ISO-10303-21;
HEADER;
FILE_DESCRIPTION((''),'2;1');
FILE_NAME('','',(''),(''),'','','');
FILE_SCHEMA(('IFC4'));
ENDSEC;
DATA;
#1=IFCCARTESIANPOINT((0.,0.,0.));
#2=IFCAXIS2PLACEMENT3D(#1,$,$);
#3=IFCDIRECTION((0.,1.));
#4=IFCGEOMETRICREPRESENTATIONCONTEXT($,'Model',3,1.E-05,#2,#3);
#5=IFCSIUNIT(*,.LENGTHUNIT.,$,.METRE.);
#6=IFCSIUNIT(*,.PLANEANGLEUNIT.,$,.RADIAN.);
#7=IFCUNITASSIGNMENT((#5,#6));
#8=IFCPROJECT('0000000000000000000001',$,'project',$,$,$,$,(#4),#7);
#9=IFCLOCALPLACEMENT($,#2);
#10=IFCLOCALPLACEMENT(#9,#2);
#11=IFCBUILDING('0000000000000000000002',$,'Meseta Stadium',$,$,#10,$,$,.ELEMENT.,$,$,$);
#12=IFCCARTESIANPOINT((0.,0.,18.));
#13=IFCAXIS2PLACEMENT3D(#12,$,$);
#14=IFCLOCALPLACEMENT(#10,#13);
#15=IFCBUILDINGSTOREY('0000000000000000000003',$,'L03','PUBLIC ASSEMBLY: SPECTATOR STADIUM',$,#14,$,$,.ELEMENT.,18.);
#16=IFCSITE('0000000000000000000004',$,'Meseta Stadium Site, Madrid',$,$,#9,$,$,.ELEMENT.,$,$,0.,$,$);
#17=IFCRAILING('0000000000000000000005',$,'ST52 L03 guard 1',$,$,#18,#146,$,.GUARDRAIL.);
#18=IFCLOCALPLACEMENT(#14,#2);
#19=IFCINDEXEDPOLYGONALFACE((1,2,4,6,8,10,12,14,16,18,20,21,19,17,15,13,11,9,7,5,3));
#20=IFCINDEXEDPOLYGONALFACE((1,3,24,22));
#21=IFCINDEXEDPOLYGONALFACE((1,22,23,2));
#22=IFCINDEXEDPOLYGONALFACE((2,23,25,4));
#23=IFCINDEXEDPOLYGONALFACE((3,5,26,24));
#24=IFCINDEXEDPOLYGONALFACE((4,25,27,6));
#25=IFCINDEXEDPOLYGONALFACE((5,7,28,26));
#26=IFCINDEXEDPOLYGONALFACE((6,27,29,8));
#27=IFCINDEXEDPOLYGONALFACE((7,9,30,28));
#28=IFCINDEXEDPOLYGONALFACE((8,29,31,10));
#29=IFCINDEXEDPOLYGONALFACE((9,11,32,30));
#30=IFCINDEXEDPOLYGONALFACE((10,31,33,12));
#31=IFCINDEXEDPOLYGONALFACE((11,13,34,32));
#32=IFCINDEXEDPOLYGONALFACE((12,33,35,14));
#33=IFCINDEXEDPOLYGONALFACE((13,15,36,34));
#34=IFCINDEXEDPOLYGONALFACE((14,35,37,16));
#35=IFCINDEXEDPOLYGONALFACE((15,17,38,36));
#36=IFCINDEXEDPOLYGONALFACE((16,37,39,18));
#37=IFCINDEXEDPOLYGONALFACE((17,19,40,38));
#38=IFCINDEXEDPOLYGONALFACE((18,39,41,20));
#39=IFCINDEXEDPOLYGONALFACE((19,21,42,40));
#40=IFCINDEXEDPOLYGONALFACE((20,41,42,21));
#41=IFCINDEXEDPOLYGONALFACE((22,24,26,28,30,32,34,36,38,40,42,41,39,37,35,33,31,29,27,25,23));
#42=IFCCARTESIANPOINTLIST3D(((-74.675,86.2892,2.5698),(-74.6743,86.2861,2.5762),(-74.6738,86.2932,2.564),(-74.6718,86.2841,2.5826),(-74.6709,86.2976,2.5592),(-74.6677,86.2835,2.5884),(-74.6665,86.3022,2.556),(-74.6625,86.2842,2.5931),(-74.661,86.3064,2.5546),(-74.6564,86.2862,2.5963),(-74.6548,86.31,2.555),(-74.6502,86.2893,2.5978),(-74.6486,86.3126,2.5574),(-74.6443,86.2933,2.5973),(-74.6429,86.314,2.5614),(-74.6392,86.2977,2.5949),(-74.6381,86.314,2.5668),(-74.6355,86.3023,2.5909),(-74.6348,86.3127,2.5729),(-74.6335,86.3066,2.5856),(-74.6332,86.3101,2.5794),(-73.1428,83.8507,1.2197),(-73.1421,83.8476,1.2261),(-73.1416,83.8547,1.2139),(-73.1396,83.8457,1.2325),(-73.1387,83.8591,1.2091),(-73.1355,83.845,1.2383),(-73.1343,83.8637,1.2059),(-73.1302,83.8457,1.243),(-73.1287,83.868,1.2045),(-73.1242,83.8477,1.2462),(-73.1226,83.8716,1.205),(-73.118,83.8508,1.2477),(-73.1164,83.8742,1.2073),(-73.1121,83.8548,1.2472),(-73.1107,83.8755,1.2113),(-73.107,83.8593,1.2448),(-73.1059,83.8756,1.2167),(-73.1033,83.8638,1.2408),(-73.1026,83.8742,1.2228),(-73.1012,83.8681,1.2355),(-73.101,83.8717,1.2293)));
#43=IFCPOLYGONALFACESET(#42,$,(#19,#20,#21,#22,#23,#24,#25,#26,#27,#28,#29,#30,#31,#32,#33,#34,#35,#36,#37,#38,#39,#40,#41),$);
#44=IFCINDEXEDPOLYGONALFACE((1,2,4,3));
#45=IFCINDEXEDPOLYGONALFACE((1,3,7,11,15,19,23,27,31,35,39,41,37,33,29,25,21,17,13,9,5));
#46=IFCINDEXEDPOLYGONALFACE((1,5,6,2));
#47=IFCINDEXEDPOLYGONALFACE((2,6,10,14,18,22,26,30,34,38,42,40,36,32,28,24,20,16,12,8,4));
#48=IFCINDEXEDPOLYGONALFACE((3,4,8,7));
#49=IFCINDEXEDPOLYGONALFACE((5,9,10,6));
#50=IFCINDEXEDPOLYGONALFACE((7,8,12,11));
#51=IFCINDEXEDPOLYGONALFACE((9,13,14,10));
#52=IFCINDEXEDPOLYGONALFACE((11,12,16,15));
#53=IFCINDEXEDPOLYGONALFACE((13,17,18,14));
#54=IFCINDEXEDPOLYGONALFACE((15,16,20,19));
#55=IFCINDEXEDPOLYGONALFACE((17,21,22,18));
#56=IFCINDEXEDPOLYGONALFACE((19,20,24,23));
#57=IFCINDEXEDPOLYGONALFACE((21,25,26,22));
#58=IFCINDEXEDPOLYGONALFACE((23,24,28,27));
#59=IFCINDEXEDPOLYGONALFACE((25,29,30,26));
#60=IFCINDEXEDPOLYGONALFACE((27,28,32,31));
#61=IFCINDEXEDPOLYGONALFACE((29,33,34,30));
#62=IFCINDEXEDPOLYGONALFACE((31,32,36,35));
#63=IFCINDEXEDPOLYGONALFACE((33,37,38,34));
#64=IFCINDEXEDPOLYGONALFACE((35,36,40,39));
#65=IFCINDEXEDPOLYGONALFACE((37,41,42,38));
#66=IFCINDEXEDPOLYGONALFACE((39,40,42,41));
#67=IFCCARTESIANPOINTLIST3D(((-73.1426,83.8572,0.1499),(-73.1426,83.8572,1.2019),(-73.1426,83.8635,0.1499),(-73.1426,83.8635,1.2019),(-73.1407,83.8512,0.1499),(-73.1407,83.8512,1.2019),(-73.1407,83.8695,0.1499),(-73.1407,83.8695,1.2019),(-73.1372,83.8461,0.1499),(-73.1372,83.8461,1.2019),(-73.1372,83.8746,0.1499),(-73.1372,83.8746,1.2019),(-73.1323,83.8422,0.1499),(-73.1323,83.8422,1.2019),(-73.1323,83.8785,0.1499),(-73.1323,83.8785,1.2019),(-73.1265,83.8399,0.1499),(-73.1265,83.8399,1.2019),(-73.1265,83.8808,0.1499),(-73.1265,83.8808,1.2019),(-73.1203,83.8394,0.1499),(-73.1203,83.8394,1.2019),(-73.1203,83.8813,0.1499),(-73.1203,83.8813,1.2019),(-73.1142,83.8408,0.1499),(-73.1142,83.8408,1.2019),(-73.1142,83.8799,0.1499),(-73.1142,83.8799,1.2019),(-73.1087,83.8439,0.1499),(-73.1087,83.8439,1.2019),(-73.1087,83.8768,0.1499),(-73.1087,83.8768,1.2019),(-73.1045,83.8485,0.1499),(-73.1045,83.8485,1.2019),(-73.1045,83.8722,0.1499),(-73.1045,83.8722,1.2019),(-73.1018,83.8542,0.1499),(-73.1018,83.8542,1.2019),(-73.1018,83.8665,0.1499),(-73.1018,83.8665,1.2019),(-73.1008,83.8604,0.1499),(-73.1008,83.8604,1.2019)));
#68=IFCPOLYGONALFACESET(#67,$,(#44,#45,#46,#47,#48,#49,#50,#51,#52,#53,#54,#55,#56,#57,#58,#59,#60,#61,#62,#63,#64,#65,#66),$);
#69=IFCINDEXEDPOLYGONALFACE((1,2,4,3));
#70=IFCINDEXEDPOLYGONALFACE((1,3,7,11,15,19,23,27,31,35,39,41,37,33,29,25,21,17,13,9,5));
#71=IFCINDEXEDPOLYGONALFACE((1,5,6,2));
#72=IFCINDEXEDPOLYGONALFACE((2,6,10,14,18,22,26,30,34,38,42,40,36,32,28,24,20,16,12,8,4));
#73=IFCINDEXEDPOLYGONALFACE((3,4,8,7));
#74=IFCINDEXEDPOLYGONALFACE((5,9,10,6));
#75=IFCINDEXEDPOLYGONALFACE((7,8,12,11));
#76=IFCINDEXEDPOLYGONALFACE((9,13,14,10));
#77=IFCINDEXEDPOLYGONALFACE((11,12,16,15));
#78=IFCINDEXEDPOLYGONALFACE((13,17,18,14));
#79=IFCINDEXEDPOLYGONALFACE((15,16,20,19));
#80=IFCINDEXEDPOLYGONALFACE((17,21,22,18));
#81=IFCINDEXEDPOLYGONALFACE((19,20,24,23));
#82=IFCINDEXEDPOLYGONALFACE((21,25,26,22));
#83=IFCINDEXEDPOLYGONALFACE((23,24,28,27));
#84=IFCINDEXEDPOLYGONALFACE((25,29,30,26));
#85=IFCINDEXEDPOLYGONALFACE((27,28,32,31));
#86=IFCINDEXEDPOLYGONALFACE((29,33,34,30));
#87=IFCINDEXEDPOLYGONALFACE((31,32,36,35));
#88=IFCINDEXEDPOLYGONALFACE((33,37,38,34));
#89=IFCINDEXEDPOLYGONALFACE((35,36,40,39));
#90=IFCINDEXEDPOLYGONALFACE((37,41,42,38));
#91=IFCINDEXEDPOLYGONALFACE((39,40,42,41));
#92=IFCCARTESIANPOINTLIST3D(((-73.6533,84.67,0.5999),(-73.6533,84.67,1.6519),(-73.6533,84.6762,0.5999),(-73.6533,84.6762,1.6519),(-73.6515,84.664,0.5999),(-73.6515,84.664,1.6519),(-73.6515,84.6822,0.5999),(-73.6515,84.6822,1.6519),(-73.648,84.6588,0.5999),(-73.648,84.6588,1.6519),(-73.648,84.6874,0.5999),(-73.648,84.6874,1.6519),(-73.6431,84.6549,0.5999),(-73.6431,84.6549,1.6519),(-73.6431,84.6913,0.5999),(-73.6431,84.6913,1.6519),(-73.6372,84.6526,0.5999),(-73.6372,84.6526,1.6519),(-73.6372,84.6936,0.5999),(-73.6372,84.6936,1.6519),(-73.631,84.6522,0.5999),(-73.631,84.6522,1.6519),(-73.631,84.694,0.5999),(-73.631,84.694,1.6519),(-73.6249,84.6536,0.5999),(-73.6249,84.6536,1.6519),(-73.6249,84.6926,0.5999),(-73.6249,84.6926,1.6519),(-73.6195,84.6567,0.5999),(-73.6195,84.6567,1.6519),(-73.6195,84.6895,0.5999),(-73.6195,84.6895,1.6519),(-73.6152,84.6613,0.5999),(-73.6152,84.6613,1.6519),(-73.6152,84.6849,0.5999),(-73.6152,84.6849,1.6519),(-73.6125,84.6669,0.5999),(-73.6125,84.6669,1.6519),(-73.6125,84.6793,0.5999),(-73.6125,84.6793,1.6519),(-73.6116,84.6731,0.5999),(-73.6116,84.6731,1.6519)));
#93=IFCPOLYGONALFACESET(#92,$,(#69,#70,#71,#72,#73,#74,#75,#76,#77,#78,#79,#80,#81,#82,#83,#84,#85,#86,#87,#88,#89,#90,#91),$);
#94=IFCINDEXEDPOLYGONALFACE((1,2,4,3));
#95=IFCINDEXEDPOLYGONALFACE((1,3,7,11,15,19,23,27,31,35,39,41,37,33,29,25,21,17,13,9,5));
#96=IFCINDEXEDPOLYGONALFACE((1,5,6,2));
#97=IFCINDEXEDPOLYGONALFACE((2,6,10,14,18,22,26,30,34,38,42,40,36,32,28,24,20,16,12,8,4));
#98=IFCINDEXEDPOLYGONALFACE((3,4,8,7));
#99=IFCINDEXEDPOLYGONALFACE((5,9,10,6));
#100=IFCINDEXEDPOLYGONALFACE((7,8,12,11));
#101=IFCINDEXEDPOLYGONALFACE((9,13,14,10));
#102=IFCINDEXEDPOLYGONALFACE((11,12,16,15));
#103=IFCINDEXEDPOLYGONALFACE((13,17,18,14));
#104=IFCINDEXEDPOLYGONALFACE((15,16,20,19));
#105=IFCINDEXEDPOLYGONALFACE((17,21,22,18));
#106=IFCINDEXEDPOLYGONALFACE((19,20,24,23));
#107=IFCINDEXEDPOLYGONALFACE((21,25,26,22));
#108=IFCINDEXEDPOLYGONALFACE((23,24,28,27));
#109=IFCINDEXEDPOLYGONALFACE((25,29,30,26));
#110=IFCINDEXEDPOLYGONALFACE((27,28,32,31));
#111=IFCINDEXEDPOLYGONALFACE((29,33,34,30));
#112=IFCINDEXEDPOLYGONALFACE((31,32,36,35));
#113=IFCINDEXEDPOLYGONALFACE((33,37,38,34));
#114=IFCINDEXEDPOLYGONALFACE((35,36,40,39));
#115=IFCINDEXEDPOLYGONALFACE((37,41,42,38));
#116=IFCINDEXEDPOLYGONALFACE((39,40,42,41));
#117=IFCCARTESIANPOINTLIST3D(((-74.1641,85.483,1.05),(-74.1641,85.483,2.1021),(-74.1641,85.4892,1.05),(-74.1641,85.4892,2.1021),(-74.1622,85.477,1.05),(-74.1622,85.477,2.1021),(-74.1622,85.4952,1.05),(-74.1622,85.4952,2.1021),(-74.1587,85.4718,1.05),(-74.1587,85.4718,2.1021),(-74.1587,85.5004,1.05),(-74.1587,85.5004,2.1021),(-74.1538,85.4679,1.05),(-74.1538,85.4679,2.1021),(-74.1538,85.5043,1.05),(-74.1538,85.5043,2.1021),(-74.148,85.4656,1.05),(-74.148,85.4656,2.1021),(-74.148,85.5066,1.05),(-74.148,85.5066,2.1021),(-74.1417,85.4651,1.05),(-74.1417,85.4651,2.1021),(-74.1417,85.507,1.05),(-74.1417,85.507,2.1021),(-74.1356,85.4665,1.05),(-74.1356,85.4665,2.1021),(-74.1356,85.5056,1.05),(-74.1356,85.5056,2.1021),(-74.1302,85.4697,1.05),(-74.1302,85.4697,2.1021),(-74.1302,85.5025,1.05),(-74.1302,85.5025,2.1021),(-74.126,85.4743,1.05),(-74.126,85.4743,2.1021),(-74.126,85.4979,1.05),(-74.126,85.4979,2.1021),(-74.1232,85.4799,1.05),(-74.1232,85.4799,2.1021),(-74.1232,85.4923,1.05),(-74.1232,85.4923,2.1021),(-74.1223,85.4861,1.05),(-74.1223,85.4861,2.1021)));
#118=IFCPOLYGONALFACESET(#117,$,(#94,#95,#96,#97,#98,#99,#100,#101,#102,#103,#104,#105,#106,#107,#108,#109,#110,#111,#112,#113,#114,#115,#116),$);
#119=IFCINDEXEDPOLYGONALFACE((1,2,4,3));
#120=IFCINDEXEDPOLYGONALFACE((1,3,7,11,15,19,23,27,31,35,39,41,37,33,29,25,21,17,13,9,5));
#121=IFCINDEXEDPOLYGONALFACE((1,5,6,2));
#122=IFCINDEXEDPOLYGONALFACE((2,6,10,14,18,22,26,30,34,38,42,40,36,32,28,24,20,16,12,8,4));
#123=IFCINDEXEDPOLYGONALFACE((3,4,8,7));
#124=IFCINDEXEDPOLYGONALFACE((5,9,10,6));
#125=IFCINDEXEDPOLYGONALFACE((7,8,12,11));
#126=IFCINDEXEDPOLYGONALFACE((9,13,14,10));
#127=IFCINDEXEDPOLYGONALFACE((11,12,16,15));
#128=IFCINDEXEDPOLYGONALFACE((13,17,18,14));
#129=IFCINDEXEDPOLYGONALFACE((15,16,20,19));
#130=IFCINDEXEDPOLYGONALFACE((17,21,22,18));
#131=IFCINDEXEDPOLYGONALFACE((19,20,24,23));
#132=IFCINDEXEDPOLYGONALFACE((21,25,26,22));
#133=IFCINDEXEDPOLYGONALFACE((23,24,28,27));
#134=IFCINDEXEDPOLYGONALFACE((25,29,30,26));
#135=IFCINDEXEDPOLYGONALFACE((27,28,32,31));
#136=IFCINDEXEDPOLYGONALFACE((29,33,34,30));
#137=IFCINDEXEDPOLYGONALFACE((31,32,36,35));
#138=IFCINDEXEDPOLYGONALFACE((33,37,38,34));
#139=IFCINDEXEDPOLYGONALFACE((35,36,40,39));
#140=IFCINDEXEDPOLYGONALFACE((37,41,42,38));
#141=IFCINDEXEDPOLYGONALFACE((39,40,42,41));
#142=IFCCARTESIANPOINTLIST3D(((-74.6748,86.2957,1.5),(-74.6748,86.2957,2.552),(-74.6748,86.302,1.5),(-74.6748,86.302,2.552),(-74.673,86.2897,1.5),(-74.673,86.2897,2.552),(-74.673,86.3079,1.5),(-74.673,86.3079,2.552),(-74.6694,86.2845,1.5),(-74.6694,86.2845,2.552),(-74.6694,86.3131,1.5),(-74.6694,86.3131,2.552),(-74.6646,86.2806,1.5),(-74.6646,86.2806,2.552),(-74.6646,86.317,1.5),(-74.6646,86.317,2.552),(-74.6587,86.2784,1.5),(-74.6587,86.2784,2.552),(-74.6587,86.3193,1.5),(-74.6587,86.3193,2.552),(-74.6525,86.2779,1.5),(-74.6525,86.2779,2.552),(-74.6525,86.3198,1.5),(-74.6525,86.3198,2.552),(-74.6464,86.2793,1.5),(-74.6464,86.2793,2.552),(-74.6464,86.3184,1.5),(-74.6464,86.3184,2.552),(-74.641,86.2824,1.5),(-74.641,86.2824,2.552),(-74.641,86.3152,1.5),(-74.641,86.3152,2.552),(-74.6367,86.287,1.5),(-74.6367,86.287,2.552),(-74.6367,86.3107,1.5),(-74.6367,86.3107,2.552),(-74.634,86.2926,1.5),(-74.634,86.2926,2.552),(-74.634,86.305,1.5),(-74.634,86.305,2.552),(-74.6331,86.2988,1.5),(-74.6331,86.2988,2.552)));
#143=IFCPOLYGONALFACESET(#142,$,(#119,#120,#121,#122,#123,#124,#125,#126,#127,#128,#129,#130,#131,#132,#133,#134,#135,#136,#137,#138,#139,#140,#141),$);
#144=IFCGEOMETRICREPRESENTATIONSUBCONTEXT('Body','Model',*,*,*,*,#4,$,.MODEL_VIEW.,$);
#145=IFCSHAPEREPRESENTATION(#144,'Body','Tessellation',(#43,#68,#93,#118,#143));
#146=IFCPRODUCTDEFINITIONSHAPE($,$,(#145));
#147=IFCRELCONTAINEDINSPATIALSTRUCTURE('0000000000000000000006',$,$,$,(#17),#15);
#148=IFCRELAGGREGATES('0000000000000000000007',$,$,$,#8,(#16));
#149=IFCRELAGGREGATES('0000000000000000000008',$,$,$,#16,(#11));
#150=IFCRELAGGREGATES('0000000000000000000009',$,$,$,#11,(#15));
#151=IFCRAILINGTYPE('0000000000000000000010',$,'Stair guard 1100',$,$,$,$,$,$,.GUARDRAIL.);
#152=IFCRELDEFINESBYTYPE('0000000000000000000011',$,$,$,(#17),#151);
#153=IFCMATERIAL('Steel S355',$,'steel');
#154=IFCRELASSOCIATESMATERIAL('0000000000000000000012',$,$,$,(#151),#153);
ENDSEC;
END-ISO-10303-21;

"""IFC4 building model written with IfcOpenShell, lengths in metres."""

from ifc_helpers import new_model, si_unit, direction, frame, origin, origin_2d, place, context, subcontext, project, spatial, circle, extrude, material, type_object, element, save


model = new_model("IFC4")

# Units and contexts
model_context = context("Model", 3, precision=1e-05, world=origin(), true_north=direction((0.0, 1.0)))
body_context = subcontext(model_context, "Body", "Model", "MODEL_VIEW")
ifc_project = project(units=[si_unit("LENGTHUNIT", "METRE"), si_unit("PLANEANGLEUNIT", "RADIAN")], contexts=[model_context])

# Site, building, storey
site_placement = place(None, origin())
site = spatial("IfcSite", under=ifc_project, at=site_placement, Name="Meseta Stadium Site, Madrid", CompositionType="ELEMENT", RefElevation=0.0)
building_placement = place(site_placement, origin())
building = spatial("IfcBuilding", under=site, at=building_placement, Name="Meseta Stadium", CompositionType="ELEMENT")
storey_placement = place(building_placement, frame((0.0, 0.0, 18.0)))
storey = spatial("IfcBuildingStorey", under=building, at=storey_placement, Name="L03", Description="PUBLIC ASSEMBLY: SPECTATOR STADIUM", CompositionType="ELEMENT", Elevation=18.0)

# Railing
ifc_material_1 = material(Name="Steel S355", Category="steel")
railing_type_1 = type_object("IfcRailingType", Name="Stair guard 1100", PredefinedType="GUARDRAIL", material=ifc_material_1)
railing_1_placement = place(storey_placement, frame((-73.1218, 83.8604, 0.1499)))
element("IfcRailing", 1, at=railing_1_placement, inside=storey, type_object=railing_type_1, Name="ST52 L03 guard 1", PredefinedType="GUARDRAIL", context=body_context, shape_type="SweptSolid", body=[
    extrude(circle(Radius=0.0239, at=origin_2d()), frame((0.0, 0.0, 1.0762), z_axis=(-0.481731, 0.766655, 0.42447), x_axis=(-0.846719, -0.53204, 0.0)), (0.0, 0.0, 1.0), 3.1807),
    extrude(circle(Radius=0.021, at=origin_2d()), origin(), (0.0, 0.0, 1.0), 1.052),
    extrude(circle(Radius=0.021, at=origin_2d()), frame((-0.5107, 0.8127, 0.45)), (0.0, 0.0, 1.0), 1.052),
    extrude(circle(Radius=0.021, at=origin_2d()), frame((-1.0215, 1.6257, 0.9001)), (0.0, 0.0, 1.0), 1.052),
    extrude(circle(Radius=0.021, at=origin_2d()), frame((-1.5322, 2.4385, 1.3501)), (0.0, 0.0, 1.0), 1.052),
])

save(model, "model.ifc")
